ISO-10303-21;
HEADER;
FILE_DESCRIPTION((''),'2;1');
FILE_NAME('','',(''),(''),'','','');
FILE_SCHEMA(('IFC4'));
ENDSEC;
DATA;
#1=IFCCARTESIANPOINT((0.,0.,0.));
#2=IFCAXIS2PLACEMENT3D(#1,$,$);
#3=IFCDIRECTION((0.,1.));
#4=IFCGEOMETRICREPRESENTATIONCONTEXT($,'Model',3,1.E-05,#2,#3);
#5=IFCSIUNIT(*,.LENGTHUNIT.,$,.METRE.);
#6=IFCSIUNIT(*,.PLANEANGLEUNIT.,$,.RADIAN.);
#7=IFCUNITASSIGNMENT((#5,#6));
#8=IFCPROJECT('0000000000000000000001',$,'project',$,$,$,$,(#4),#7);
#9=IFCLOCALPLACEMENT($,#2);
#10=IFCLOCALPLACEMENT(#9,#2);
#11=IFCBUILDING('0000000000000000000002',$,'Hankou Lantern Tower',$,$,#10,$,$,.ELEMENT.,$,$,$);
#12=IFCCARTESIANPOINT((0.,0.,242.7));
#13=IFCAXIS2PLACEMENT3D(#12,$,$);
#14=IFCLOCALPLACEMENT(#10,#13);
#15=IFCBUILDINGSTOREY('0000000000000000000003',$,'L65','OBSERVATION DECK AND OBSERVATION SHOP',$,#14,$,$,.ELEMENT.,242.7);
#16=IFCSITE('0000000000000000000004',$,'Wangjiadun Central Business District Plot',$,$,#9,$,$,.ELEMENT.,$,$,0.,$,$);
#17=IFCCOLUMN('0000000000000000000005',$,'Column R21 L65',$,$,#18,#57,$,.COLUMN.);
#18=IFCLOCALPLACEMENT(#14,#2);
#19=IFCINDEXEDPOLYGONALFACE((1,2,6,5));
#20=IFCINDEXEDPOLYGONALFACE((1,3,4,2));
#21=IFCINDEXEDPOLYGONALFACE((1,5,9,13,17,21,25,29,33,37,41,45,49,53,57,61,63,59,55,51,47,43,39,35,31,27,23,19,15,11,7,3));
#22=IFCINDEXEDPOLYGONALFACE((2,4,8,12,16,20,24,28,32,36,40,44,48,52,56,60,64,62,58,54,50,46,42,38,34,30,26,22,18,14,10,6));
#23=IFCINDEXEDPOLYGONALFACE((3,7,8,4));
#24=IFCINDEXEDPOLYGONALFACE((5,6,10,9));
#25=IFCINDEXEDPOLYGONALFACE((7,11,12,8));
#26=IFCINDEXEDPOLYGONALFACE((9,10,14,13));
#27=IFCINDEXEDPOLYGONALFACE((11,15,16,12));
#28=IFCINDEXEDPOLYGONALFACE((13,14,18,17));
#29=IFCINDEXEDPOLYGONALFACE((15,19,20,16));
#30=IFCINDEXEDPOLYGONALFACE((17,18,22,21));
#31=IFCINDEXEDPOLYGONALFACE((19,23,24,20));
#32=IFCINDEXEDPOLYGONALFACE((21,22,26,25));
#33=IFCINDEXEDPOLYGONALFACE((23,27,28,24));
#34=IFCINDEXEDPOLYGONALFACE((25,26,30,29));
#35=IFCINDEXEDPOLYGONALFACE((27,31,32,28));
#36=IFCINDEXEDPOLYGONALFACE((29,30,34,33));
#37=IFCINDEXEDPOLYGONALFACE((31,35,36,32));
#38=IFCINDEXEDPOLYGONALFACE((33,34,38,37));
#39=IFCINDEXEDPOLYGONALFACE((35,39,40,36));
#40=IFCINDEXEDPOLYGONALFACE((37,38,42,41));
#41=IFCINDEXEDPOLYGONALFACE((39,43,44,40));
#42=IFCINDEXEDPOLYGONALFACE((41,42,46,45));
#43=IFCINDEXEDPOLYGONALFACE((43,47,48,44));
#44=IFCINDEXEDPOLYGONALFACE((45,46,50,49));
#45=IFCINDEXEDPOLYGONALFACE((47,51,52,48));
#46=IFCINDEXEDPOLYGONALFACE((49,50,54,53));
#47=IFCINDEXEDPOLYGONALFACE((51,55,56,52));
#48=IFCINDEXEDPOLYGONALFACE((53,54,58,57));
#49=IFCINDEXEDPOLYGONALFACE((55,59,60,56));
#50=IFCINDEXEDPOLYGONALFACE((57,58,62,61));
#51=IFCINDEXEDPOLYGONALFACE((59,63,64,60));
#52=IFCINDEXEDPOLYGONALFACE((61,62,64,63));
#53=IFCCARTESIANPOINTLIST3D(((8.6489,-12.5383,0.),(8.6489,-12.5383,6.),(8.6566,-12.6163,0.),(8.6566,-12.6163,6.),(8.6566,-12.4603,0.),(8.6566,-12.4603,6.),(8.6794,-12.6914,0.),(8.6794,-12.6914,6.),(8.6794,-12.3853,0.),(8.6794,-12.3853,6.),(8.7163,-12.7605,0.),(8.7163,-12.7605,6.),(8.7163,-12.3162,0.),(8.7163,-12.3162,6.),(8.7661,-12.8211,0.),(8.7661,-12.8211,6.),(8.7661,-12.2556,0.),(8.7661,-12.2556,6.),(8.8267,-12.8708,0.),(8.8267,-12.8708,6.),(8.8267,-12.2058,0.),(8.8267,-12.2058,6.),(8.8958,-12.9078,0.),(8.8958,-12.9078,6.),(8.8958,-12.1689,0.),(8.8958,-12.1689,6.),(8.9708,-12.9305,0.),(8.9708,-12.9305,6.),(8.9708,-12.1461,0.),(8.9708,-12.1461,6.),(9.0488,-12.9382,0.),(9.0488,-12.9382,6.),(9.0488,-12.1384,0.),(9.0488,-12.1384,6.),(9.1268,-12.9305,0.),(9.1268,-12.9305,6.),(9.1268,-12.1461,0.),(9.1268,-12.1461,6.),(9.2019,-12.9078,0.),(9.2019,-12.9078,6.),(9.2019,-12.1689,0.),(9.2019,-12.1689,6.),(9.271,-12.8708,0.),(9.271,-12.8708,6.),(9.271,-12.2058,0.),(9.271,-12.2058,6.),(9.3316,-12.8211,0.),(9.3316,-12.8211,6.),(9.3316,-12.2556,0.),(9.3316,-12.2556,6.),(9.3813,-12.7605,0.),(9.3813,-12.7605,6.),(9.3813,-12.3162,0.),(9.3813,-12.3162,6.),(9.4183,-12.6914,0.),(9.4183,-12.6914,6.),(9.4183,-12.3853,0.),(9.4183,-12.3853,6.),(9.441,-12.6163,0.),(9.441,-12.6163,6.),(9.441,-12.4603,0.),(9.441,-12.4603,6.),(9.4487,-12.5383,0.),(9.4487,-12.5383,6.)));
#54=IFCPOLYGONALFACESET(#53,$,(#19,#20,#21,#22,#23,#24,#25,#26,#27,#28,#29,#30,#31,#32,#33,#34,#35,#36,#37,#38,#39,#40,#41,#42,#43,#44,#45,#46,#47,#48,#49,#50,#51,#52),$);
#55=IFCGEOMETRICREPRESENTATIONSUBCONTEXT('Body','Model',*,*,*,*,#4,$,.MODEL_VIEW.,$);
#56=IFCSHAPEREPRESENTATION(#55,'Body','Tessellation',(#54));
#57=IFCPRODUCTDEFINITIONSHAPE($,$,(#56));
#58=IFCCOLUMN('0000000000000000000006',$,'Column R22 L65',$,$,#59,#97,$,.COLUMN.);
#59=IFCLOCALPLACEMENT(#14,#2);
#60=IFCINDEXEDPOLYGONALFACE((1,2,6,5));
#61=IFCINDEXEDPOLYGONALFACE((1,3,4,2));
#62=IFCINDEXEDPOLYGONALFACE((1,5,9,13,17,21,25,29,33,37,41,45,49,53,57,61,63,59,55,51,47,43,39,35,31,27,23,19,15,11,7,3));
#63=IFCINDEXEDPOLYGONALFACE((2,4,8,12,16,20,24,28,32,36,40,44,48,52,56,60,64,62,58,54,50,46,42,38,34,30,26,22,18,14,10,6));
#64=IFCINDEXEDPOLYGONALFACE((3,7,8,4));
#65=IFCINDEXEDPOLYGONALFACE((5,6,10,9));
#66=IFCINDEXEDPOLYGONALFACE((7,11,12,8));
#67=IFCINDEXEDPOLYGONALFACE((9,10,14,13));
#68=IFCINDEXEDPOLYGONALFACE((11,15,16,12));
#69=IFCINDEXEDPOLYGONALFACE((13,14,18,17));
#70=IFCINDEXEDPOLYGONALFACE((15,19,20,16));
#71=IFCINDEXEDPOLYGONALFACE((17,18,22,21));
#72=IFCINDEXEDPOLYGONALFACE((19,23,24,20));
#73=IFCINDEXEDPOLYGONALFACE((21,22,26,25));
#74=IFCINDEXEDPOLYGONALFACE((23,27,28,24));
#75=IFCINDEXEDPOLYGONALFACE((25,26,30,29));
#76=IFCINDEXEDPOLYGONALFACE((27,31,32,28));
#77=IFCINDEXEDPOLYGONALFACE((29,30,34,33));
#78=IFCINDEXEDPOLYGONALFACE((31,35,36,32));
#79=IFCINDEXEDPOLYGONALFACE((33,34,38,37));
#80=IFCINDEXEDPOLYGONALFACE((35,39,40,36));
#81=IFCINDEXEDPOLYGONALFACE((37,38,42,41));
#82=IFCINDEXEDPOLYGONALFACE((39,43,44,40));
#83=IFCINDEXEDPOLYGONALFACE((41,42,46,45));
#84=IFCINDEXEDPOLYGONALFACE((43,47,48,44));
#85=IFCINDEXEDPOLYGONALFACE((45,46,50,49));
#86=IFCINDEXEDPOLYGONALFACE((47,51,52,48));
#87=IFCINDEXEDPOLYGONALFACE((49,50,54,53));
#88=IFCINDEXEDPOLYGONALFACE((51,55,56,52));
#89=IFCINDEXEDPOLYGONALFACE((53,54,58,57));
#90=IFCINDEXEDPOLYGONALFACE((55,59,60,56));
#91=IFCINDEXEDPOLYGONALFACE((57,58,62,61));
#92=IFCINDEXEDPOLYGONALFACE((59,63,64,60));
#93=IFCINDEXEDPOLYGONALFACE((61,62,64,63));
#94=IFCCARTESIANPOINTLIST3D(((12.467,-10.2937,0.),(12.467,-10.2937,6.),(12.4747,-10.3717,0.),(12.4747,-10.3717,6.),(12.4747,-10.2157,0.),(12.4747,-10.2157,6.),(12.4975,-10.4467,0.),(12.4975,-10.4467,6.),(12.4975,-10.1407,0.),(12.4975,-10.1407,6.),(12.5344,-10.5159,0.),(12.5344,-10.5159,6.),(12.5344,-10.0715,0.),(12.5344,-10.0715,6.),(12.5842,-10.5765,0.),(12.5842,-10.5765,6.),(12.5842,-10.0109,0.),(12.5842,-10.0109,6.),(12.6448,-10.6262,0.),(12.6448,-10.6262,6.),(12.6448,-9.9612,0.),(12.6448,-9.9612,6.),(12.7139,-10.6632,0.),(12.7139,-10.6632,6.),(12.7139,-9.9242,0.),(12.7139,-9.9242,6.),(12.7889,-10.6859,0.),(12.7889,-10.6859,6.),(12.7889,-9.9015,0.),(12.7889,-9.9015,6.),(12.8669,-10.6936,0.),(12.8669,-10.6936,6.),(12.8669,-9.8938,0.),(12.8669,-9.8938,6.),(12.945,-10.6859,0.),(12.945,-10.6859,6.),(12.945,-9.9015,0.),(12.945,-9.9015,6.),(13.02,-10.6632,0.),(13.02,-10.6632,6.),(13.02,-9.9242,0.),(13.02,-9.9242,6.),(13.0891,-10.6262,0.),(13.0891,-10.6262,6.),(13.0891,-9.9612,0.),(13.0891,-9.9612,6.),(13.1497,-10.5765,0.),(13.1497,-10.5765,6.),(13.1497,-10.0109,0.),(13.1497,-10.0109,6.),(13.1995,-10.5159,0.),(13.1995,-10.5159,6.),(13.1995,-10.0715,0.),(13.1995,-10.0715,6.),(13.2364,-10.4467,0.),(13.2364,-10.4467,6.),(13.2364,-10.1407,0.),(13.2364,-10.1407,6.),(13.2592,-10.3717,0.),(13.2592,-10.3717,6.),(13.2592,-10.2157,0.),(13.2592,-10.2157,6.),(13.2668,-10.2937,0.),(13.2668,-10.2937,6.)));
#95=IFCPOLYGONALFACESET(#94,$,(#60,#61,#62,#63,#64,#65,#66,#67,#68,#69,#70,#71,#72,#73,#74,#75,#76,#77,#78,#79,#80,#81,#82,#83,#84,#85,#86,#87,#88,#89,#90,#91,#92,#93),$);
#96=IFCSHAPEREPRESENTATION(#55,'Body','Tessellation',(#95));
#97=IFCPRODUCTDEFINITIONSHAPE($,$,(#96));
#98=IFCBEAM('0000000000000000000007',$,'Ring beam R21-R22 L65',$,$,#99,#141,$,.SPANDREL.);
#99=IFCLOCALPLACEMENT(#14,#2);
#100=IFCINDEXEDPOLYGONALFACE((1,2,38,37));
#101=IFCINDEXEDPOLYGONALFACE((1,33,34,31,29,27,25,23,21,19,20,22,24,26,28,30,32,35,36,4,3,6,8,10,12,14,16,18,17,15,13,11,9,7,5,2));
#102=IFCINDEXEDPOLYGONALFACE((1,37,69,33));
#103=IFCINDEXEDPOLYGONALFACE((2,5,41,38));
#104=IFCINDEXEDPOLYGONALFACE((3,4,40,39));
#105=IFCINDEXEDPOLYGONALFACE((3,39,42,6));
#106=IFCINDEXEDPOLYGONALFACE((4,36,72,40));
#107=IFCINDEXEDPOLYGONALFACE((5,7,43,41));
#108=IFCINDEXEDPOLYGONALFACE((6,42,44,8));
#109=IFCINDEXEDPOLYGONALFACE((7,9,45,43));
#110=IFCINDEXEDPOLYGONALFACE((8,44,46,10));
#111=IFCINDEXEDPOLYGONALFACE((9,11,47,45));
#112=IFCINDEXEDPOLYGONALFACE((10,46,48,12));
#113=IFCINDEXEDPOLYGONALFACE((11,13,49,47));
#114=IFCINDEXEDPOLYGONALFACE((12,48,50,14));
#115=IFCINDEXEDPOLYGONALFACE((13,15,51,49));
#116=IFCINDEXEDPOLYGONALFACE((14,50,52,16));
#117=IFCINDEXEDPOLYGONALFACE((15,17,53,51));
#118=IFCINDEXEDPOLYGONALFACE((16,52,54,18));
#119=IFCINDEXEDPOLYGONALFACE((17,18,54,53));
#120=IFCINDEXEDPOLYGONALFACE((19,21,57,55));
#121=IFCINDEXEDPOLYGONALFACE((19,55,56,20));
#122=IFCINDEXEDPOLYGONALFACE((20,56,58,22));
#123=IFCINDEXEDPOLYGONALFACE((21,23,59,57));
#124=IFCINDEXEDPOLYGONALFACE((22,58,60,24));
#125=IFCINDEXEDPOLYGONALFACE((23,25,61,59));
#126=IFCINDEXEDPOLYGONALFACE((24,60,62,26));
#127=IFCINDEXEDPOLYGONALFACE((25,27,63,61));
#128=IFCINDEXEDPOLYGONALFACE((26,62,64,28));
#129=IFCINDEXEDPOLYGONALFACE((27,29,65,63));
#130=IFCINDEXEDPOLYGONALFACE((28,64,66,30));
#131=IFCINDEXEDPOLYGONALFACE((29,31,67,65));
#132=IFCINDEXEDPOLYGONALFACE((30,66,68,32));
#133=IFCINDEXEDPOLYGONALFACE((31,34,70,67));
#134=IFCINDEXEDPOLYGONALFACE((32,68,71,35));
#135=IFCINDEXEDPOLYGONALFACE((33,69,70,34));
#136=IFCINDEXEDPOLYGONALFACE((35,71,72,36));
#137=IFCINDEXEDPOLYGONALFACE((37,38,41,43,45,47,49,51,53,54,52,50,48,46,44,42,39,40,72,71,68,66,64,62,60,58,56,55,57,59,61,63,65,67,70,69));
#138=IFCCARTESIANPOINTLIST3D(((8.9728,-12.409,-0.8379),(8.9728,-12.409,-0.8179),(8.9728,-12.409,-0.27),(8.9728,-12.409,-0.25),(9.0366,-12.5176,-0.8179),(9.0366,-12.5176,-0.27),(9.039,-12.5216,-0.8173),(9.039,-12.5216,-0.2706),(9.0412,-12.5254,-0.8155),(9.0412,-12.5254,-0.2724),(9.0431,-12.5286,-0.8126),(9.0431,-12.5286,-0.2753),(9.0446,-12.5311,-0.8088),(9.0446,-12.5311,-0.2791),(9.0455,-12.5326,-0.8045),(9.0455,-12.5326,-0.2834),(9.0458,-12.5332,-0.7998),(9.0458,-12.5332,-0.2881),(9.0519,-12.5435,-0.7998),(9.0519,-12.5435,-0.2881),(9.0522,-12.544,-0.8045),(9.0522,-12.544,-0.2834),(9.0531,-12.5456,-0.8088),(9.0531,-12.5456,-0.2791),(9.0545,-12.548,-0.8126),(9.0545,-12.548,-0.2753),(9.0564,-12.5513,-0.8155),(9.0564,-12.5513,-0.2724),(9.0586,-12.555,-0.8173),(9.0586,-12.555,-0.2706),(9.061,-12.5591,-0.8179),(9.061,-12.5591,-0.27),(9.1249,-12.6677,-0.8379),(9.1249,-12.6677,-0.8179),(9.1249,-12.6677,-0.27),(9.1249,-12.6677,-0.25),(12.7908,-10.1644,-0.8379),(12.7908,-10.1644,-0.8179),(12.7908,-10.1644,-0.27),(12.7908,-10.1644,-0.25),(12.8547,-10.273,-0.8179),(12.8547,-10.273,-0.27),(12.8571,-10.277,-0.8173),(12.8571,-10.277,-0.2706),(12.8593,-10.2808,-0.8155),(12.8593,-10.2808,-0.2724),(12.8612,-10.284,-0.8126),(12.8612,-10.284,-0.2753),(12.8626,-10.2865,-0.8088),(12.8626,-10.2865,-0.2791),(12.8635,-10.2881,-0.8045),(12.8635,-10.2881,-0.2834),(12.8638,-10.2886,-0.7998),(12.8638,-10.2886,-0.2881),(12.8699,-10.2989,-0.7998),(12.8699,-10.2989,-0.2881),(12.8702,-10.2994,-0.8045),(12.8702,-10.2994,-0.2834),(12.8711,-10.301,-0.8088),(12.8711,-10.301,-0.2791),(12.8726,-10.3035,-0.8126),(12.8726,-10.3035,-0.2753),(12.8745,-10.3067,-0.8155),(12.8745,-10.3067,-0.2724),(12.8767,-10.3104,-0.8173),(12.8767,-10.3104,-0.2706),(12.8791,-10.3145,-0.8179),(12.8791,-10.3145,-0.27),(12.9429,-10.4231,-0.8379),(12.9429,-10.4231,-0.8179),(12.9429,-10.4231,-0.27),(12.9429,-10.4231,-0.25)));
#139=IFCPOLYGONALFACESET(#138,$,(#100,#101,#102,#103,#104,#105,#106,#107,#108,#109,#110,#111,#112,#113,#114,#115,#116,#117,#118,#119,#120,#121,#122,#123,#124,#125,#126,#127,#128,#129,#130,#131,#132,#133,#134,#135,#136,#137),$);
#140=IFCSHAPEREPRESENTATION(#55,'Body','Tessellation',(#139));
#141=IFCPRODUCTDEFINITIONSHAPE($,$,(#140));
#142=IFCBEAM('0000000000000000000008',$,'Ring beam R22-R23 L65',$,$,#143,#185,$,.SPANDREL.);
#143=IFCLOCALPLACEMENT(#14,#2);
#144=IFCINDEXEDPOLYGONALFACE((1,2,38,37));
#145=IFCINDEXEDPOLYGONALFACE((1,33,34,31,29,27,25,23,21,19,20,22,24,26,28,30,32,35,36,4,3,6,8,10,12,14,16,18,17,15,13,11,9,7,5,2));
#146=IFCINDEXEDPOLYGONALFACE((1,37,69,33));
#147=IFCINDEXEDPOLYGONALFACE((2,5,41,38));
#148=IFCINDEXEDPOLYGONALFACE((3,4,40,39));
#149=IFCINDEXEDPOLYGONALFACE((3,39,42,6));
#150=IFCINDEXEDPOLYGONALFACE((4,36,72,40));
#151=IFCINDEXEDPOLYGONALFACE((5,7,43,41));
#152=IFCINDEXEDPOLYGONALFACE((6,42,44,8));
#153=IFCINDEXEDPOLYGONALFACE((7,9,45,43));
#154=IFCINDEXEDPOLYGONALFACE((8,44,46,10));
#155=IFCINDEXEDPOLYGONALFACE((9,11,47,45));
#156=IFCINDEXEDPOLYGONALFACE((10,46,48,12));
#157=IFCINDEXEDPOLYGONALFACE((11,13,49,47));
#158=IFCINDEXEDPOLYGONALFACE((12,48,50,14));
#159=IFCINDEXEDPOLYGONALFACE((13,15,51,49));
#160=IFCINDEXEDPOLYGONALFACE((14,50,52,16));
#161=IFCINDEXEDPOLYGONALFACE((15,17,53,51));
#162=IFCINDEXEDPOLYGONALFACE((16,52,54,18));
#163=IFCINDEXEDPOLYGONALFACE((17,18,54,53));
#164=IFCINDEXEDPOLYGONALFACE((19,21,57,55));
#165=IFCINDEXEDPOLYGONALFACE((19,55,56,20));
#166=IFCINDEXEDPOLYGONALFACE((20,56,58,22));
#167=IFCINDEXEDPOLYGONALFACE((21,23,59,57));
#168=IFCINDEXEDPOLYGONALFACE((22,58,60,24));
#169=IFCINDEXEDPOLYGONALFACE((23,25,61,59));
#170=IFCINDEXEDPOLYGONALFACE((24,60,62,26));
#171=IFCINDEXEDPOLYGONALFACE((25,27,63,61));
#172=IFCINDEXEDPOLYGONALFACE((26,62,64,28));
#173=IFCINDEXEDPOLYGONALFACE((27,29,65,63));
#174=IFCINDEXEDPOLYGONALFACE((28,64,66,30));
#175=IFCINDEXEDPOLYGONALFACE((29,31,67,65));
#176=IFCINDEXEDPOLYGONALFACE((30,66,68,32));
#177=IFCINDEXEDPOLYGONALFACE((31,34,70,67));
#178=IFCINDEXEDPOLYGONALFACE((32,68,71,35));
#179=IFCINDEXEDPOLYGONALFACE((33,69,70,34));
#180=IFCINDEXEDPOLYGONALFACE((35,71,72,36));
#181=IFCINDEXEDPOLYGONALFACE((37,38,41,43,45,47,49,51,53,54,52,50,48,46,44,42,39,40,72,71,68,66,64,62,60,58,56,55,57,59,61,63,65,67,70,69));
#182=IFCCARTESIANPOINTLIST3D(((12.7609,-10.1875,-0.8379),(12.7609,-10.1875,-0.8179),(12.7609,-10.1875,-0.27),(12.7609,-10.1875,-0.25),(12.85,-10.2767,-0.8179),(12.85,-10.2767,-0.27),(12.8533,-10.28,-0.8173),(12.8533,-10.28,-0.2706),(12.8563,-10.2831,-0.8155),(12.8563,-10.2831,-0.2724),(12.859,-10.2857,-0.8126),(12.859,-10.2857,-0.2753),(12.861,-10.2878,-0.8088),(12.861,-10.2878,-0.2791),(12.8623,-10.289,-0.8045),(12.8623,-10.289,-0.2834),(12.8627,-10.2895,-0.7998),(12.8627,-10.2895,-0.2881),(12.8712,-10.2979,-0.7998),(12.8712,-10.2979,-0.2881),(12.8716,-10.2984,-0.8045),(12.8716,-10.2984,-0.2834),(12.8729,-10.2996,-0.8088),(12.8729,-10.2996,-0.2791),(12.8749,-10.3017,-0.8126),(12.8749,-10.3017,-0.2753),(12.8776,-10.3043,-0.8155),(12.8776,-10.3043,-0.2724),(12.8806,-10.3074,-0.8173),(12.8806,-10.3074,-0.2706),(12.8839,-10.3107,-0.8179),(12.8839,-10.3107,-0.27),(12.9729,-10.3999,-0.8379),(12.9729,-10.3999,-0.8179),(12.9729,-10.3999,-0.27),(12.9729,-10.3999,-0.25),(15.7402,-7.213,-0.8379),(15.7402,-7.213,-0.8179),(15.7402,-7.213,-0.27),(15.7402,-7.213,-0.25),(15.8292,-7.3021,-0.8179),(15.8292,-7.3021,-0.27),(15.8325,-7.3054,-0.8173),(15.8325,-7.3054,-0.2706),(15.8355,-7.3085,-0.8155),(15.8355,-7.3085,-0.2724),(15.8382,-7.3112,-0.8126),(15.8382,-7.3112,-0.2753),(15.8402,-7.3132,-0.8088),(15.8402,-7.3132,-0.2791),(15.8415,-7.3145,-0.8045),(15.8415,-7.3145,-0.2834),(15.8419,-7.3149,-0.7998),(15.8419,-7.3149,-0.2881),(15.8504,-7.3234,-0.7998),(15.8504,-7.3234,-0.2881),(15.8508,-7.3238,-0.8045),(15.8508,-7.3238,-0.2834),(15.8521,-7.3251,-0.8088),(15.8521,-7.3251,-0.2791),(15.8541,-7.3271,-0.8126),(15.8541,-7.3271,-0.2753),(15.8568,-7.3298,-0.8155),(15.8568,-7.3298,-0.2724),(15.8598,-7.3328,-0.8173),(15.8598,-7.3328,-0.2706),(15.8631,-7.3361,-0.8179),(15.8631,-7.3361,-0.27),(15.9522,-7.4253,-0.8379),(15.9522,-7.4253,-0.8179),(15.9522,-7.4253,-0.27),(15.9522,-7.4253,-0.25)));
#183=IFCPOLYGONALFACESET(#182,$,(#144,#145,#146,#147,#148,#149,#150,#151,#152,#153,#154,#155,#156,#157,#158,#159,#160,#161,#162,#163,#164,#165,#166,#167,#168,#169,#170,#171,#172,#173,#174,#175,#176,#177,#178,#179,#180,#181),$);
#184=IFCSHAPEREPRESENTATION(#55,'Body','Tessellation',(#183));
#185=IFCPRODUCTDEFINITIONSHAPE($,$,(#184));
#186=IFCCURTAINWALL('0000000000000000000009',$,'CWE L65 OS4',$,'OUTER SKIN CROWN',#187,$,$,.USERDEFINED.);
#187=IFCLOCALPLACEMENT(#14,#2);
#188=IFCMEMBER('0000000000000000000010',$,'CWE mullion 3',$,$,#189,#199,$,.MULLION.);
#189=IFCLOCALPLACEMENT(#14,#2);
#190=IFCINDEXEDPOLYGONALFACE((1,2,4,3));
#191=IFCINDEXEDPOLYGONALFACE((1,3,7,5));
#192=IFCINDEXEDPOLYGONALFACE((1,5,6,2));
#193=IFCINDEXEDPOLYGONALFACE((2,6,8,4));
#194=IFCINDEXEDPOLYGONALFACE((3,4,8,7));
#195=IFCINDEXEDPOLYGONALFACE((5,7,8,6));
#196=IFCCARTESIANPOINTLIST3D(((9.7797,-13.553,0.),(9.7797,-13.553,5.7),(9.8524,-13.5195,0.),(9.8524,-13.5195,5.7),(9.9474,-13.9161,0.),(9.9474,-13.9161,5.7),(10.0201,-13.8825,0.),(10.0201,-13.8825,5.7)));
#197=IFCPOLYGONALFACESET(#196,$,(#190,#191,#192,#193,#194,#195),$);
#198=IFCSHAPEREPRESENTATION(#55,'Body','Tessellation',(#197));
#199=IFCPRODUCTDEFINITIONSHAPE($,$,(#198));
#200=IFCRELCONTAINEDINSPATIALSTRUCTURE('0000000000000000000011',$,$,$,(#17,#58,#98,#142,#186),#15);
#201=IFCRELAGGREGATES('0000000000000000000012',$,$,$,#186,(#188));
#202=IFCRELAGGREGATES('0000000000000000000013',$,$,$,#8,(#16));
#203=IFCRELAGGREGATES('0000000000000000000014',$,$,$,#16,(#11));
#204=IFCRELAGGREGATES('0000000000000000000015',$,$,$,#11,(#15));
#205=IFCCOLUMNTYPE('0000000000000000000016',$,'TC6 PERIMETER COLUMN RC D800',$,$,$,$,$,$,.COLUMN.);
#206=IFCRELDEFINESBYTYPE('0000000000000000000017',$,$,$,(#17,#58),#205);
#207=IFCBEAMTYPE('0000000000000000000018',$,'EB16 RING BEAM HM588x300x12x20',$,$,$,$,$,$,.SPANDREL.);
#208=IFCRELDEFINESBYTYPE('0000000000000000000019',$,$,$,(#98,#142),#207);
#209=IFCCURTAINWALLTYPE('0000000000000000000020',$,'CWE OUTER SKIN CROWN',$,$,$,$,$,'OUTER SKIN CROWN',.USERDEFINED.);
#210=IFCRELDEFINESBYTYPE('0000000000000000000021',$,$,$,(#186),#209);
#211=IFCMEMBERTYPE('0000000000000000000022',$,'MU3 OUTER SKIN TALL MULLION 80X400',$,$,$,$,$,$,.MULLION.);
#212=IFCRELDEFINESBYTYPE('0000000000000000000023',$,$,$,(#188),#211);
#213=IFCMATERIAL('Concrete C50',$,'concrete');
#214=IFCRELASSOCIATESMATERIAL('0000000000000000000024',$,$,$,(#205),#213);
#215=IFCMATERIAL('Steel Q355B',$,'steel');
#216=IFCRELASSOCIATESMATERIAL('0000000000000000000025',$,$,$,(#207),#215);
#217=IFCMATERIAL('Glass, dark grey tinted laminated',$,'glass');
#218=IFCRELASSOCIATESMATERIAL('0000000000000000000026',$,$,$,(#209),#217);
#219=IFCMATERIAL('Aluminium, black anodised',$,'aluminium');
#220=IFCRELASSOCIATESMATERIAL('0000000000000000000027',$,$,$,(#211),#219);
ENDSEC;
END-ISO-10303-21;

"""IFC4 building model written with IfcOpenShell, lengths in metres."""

from ifc_helpers import new_model, si_unit, direction, frame, origin, origin_2d, place, context, subcontext, project, spatial, rectangle, circle, i_section, extrude, material, material_profile, profile_set, type_object, element, aggregate, save


model = new_model("IFC4")

# Units and contexts
model_context = context("Model", 3, precision=1e-05, world=origin(), true_north=direction((0.0, 1.0)))
body_context = subcontext(model_context, "Body", "Model", "MODEL_VIEW")
ifc_project = project(units=[si_unit("LENGTHUNIT", "METRE"), si_unit("PLANEANGLEUNIT", "RADIAN")], contexts=[model_context])

# Site, building, storey
site_placement = place(None, origin())
site = spatial("IfcSite", under=ifc_project, at=site_placement, Name="Wangjiadun Central Business District Plot", CompositionType="ELEMENT", RefElevation=0.0)
building_placement = place(site_placement, origin())
building = spatial("IfcBuilding", under=site, at=building_placement, Name="Hankou Lantern Tower", CompositionType="ELEMENT")
storey_placement = place(building_placement, frame((0.0, 0.0, 242.7)))
storey = spatial("IfcBuildingStorey", under=building, at=storey_placement, Name="L65", Description="OBSERVATION DECK AND OBSERVATION SHOP", CompositionType="ELEMENT", Elevation=242.7)

# Columns
ifc_material_1 = material(Name="Concrete C50", Category="concrete")
ifc_material_profile_1 = material_profile(ifc_material_1, circle(Radius=0.3999, at=origin_2d()), Name="RC D800")
ifc_profile_set_1 = profile_set([ifc_material_profile_1], Name="Concrete C50")
column_type = type_object("IfcColumnType", Name="TC6 PERIMETER COLUMN RC D800", PredefinedType="COLUMN", material=ifc_profile_set_1)
for number, where, z_axis, x_axis, name in (
    (1, (9.0488, -12.5383, 0.0), (0.0, 0.0, 1.0), (1.0, 0.0, 0.0), "Column R21 L65"),
    (2, (12.8669, -10.2937, 0.0), (0.0, 0.0, 1.0), (1.0, 0.0, 0.0), "Column R22 L65"),
):
    element("IfcColumn", number, at=place(storey_placement, frame(where, z_axis=z_axis, x_axis=x_axis)), inside=storey, type_object=column_type, Name=name, PredefinedType="COLUMN", context=body_context, shape_type="SweptSolid", body=[
        extrude(circle(Radius=0.3999, at=origin_2d()), origin(), (0.0, 0.0, 1.0), 6.0),
    ])

# Beams
ifc_material_2 = material(Name="Steel Q355B", Category="steel")
ifc_material_profile_2 = material_profile(ifc_material_2, i_section(OverallWidth=0.3, OverallDepth=0.5879, WebThickness=0.012, FlangeThickness=0.02, FilletRadius=0.0181, at=origin_2d()), Name="HM588x300x12x20")
ifc_profile_set_2 = profile_set([ifc_material_profile_2], Name="Steel Q355B")
beam_type_1 = type_object("IfcBeamType", Name="EB16 RING BEAM HM588x300x12x20", PredefinedType="SPANDREL", material=ifc_profile_set_2)
beam_1_placement = place(storey_placement, frame((9.0488, -12.5383, -0.5439), z_axis=(0.862065, 0.506798, 0.0), x_axis=(-0.506798, 0.862065, 0.0)))
element("IfcBeam", 3, at=beam_1_placement, inside=storey, type_object=beam_type_1, Name="Ring beam R21-R22 L65", PredefinedType="SPANDREL", context=body_context, shape_type="SweptSolid", body=[
    extrude(i_section(OverallWidth=0.3, OverallDepth=0.5879, WebThickness=0.012, FlangeThickness=0.02, FilletRadius=0.0181, at=origin_2d()), origin(), (0.0, 0.0, 1.0), 4.429),
])
beam_2_placement = place(storey_placement, frame((12.8669, -10.2937, -0.5439), z_axis=(0.707657, 0.706556, 0.0), x_axis=(-0.706556, 0.707657, 0.0)))
element("IfcBeam", 4, at=beam_2_placement, inside=storey, type_object=beam_type_1, Name="Ring beam R22-R23 L65", PredefinedType="SPANDREL", context=body_context, shape_type="SweptSolid", body=[
    extrude(i_section(OverallWidth=0.3, OverallDepth=0.5879, WebThickness=0.012, FlangeThickness=0.02, FilletRadius=0.0181, at=origin_2d()), origin(), (0.0, 0.0, 1.0), 4.21),
])

# Curtain wall, member
ifc_material_3 = material(Name="Glass, dark grey tinted laminated", Category="glass")
curtain_wall_type = type_object("IfcCurtainWallType", Name="CWE OUTER SKIN CROWN", ElementType="OUTER SKIN CROWN", PredefinedType="USERDEFINED", material=ifc_material_3)
curtain_wall_placement = place(storey_placement, origin())
curtain_wall = element("IfcCurtainWall", 5, at=curtain_wall_placement, inside=storey, type_object=curtain_wall_type, Name="CWE L65 OS4", ObjectType="OUTER SKIN CROWN", PredefinedType="USERDEFINED")
ifc_material_4 = material(Name="Aluminium, black anodised", Category="aluminium")
ifc_material_profile_3 = material_profile(ifc_material_4, rectangle(XDim=0.0801, YDim=0.3999, at=origin_2d()), Name="MU3 80X400")
ifc_profile_set_3 = profile_set([ifc_material_profile_3], Name="Aluminium, black anodised")
member_type_1 = type_object("IfcMemberType", Name="MU3 OUTER SKIN TALL MULLION 80X400", PredefinedType="MULLION", material=ifc_profile_set_3)
member_1_placement = place(storey_placement, frame((9.8999, -13.7178, 0.0), z_axis=(0.0, 0.0, 1.0), x_axis=(0.907841, 0.419314, 0.0)))
member_1 = element("IfcMember", 6, at=member_1_placement, type_object=member_type_1, Name="CWE mullion 3", PredefinedType="MULLION", context=body_context, shape_type="SweptSolid", body=[
    extrude(rectangle(XDim=0.0801, YDim=0.3999, at=origin_2d()), origin(), (0.0, 0.0, 1.0), 5.7),
])

aggregate(curtain_wall, [member_1])

save(model, "model.ifc")
